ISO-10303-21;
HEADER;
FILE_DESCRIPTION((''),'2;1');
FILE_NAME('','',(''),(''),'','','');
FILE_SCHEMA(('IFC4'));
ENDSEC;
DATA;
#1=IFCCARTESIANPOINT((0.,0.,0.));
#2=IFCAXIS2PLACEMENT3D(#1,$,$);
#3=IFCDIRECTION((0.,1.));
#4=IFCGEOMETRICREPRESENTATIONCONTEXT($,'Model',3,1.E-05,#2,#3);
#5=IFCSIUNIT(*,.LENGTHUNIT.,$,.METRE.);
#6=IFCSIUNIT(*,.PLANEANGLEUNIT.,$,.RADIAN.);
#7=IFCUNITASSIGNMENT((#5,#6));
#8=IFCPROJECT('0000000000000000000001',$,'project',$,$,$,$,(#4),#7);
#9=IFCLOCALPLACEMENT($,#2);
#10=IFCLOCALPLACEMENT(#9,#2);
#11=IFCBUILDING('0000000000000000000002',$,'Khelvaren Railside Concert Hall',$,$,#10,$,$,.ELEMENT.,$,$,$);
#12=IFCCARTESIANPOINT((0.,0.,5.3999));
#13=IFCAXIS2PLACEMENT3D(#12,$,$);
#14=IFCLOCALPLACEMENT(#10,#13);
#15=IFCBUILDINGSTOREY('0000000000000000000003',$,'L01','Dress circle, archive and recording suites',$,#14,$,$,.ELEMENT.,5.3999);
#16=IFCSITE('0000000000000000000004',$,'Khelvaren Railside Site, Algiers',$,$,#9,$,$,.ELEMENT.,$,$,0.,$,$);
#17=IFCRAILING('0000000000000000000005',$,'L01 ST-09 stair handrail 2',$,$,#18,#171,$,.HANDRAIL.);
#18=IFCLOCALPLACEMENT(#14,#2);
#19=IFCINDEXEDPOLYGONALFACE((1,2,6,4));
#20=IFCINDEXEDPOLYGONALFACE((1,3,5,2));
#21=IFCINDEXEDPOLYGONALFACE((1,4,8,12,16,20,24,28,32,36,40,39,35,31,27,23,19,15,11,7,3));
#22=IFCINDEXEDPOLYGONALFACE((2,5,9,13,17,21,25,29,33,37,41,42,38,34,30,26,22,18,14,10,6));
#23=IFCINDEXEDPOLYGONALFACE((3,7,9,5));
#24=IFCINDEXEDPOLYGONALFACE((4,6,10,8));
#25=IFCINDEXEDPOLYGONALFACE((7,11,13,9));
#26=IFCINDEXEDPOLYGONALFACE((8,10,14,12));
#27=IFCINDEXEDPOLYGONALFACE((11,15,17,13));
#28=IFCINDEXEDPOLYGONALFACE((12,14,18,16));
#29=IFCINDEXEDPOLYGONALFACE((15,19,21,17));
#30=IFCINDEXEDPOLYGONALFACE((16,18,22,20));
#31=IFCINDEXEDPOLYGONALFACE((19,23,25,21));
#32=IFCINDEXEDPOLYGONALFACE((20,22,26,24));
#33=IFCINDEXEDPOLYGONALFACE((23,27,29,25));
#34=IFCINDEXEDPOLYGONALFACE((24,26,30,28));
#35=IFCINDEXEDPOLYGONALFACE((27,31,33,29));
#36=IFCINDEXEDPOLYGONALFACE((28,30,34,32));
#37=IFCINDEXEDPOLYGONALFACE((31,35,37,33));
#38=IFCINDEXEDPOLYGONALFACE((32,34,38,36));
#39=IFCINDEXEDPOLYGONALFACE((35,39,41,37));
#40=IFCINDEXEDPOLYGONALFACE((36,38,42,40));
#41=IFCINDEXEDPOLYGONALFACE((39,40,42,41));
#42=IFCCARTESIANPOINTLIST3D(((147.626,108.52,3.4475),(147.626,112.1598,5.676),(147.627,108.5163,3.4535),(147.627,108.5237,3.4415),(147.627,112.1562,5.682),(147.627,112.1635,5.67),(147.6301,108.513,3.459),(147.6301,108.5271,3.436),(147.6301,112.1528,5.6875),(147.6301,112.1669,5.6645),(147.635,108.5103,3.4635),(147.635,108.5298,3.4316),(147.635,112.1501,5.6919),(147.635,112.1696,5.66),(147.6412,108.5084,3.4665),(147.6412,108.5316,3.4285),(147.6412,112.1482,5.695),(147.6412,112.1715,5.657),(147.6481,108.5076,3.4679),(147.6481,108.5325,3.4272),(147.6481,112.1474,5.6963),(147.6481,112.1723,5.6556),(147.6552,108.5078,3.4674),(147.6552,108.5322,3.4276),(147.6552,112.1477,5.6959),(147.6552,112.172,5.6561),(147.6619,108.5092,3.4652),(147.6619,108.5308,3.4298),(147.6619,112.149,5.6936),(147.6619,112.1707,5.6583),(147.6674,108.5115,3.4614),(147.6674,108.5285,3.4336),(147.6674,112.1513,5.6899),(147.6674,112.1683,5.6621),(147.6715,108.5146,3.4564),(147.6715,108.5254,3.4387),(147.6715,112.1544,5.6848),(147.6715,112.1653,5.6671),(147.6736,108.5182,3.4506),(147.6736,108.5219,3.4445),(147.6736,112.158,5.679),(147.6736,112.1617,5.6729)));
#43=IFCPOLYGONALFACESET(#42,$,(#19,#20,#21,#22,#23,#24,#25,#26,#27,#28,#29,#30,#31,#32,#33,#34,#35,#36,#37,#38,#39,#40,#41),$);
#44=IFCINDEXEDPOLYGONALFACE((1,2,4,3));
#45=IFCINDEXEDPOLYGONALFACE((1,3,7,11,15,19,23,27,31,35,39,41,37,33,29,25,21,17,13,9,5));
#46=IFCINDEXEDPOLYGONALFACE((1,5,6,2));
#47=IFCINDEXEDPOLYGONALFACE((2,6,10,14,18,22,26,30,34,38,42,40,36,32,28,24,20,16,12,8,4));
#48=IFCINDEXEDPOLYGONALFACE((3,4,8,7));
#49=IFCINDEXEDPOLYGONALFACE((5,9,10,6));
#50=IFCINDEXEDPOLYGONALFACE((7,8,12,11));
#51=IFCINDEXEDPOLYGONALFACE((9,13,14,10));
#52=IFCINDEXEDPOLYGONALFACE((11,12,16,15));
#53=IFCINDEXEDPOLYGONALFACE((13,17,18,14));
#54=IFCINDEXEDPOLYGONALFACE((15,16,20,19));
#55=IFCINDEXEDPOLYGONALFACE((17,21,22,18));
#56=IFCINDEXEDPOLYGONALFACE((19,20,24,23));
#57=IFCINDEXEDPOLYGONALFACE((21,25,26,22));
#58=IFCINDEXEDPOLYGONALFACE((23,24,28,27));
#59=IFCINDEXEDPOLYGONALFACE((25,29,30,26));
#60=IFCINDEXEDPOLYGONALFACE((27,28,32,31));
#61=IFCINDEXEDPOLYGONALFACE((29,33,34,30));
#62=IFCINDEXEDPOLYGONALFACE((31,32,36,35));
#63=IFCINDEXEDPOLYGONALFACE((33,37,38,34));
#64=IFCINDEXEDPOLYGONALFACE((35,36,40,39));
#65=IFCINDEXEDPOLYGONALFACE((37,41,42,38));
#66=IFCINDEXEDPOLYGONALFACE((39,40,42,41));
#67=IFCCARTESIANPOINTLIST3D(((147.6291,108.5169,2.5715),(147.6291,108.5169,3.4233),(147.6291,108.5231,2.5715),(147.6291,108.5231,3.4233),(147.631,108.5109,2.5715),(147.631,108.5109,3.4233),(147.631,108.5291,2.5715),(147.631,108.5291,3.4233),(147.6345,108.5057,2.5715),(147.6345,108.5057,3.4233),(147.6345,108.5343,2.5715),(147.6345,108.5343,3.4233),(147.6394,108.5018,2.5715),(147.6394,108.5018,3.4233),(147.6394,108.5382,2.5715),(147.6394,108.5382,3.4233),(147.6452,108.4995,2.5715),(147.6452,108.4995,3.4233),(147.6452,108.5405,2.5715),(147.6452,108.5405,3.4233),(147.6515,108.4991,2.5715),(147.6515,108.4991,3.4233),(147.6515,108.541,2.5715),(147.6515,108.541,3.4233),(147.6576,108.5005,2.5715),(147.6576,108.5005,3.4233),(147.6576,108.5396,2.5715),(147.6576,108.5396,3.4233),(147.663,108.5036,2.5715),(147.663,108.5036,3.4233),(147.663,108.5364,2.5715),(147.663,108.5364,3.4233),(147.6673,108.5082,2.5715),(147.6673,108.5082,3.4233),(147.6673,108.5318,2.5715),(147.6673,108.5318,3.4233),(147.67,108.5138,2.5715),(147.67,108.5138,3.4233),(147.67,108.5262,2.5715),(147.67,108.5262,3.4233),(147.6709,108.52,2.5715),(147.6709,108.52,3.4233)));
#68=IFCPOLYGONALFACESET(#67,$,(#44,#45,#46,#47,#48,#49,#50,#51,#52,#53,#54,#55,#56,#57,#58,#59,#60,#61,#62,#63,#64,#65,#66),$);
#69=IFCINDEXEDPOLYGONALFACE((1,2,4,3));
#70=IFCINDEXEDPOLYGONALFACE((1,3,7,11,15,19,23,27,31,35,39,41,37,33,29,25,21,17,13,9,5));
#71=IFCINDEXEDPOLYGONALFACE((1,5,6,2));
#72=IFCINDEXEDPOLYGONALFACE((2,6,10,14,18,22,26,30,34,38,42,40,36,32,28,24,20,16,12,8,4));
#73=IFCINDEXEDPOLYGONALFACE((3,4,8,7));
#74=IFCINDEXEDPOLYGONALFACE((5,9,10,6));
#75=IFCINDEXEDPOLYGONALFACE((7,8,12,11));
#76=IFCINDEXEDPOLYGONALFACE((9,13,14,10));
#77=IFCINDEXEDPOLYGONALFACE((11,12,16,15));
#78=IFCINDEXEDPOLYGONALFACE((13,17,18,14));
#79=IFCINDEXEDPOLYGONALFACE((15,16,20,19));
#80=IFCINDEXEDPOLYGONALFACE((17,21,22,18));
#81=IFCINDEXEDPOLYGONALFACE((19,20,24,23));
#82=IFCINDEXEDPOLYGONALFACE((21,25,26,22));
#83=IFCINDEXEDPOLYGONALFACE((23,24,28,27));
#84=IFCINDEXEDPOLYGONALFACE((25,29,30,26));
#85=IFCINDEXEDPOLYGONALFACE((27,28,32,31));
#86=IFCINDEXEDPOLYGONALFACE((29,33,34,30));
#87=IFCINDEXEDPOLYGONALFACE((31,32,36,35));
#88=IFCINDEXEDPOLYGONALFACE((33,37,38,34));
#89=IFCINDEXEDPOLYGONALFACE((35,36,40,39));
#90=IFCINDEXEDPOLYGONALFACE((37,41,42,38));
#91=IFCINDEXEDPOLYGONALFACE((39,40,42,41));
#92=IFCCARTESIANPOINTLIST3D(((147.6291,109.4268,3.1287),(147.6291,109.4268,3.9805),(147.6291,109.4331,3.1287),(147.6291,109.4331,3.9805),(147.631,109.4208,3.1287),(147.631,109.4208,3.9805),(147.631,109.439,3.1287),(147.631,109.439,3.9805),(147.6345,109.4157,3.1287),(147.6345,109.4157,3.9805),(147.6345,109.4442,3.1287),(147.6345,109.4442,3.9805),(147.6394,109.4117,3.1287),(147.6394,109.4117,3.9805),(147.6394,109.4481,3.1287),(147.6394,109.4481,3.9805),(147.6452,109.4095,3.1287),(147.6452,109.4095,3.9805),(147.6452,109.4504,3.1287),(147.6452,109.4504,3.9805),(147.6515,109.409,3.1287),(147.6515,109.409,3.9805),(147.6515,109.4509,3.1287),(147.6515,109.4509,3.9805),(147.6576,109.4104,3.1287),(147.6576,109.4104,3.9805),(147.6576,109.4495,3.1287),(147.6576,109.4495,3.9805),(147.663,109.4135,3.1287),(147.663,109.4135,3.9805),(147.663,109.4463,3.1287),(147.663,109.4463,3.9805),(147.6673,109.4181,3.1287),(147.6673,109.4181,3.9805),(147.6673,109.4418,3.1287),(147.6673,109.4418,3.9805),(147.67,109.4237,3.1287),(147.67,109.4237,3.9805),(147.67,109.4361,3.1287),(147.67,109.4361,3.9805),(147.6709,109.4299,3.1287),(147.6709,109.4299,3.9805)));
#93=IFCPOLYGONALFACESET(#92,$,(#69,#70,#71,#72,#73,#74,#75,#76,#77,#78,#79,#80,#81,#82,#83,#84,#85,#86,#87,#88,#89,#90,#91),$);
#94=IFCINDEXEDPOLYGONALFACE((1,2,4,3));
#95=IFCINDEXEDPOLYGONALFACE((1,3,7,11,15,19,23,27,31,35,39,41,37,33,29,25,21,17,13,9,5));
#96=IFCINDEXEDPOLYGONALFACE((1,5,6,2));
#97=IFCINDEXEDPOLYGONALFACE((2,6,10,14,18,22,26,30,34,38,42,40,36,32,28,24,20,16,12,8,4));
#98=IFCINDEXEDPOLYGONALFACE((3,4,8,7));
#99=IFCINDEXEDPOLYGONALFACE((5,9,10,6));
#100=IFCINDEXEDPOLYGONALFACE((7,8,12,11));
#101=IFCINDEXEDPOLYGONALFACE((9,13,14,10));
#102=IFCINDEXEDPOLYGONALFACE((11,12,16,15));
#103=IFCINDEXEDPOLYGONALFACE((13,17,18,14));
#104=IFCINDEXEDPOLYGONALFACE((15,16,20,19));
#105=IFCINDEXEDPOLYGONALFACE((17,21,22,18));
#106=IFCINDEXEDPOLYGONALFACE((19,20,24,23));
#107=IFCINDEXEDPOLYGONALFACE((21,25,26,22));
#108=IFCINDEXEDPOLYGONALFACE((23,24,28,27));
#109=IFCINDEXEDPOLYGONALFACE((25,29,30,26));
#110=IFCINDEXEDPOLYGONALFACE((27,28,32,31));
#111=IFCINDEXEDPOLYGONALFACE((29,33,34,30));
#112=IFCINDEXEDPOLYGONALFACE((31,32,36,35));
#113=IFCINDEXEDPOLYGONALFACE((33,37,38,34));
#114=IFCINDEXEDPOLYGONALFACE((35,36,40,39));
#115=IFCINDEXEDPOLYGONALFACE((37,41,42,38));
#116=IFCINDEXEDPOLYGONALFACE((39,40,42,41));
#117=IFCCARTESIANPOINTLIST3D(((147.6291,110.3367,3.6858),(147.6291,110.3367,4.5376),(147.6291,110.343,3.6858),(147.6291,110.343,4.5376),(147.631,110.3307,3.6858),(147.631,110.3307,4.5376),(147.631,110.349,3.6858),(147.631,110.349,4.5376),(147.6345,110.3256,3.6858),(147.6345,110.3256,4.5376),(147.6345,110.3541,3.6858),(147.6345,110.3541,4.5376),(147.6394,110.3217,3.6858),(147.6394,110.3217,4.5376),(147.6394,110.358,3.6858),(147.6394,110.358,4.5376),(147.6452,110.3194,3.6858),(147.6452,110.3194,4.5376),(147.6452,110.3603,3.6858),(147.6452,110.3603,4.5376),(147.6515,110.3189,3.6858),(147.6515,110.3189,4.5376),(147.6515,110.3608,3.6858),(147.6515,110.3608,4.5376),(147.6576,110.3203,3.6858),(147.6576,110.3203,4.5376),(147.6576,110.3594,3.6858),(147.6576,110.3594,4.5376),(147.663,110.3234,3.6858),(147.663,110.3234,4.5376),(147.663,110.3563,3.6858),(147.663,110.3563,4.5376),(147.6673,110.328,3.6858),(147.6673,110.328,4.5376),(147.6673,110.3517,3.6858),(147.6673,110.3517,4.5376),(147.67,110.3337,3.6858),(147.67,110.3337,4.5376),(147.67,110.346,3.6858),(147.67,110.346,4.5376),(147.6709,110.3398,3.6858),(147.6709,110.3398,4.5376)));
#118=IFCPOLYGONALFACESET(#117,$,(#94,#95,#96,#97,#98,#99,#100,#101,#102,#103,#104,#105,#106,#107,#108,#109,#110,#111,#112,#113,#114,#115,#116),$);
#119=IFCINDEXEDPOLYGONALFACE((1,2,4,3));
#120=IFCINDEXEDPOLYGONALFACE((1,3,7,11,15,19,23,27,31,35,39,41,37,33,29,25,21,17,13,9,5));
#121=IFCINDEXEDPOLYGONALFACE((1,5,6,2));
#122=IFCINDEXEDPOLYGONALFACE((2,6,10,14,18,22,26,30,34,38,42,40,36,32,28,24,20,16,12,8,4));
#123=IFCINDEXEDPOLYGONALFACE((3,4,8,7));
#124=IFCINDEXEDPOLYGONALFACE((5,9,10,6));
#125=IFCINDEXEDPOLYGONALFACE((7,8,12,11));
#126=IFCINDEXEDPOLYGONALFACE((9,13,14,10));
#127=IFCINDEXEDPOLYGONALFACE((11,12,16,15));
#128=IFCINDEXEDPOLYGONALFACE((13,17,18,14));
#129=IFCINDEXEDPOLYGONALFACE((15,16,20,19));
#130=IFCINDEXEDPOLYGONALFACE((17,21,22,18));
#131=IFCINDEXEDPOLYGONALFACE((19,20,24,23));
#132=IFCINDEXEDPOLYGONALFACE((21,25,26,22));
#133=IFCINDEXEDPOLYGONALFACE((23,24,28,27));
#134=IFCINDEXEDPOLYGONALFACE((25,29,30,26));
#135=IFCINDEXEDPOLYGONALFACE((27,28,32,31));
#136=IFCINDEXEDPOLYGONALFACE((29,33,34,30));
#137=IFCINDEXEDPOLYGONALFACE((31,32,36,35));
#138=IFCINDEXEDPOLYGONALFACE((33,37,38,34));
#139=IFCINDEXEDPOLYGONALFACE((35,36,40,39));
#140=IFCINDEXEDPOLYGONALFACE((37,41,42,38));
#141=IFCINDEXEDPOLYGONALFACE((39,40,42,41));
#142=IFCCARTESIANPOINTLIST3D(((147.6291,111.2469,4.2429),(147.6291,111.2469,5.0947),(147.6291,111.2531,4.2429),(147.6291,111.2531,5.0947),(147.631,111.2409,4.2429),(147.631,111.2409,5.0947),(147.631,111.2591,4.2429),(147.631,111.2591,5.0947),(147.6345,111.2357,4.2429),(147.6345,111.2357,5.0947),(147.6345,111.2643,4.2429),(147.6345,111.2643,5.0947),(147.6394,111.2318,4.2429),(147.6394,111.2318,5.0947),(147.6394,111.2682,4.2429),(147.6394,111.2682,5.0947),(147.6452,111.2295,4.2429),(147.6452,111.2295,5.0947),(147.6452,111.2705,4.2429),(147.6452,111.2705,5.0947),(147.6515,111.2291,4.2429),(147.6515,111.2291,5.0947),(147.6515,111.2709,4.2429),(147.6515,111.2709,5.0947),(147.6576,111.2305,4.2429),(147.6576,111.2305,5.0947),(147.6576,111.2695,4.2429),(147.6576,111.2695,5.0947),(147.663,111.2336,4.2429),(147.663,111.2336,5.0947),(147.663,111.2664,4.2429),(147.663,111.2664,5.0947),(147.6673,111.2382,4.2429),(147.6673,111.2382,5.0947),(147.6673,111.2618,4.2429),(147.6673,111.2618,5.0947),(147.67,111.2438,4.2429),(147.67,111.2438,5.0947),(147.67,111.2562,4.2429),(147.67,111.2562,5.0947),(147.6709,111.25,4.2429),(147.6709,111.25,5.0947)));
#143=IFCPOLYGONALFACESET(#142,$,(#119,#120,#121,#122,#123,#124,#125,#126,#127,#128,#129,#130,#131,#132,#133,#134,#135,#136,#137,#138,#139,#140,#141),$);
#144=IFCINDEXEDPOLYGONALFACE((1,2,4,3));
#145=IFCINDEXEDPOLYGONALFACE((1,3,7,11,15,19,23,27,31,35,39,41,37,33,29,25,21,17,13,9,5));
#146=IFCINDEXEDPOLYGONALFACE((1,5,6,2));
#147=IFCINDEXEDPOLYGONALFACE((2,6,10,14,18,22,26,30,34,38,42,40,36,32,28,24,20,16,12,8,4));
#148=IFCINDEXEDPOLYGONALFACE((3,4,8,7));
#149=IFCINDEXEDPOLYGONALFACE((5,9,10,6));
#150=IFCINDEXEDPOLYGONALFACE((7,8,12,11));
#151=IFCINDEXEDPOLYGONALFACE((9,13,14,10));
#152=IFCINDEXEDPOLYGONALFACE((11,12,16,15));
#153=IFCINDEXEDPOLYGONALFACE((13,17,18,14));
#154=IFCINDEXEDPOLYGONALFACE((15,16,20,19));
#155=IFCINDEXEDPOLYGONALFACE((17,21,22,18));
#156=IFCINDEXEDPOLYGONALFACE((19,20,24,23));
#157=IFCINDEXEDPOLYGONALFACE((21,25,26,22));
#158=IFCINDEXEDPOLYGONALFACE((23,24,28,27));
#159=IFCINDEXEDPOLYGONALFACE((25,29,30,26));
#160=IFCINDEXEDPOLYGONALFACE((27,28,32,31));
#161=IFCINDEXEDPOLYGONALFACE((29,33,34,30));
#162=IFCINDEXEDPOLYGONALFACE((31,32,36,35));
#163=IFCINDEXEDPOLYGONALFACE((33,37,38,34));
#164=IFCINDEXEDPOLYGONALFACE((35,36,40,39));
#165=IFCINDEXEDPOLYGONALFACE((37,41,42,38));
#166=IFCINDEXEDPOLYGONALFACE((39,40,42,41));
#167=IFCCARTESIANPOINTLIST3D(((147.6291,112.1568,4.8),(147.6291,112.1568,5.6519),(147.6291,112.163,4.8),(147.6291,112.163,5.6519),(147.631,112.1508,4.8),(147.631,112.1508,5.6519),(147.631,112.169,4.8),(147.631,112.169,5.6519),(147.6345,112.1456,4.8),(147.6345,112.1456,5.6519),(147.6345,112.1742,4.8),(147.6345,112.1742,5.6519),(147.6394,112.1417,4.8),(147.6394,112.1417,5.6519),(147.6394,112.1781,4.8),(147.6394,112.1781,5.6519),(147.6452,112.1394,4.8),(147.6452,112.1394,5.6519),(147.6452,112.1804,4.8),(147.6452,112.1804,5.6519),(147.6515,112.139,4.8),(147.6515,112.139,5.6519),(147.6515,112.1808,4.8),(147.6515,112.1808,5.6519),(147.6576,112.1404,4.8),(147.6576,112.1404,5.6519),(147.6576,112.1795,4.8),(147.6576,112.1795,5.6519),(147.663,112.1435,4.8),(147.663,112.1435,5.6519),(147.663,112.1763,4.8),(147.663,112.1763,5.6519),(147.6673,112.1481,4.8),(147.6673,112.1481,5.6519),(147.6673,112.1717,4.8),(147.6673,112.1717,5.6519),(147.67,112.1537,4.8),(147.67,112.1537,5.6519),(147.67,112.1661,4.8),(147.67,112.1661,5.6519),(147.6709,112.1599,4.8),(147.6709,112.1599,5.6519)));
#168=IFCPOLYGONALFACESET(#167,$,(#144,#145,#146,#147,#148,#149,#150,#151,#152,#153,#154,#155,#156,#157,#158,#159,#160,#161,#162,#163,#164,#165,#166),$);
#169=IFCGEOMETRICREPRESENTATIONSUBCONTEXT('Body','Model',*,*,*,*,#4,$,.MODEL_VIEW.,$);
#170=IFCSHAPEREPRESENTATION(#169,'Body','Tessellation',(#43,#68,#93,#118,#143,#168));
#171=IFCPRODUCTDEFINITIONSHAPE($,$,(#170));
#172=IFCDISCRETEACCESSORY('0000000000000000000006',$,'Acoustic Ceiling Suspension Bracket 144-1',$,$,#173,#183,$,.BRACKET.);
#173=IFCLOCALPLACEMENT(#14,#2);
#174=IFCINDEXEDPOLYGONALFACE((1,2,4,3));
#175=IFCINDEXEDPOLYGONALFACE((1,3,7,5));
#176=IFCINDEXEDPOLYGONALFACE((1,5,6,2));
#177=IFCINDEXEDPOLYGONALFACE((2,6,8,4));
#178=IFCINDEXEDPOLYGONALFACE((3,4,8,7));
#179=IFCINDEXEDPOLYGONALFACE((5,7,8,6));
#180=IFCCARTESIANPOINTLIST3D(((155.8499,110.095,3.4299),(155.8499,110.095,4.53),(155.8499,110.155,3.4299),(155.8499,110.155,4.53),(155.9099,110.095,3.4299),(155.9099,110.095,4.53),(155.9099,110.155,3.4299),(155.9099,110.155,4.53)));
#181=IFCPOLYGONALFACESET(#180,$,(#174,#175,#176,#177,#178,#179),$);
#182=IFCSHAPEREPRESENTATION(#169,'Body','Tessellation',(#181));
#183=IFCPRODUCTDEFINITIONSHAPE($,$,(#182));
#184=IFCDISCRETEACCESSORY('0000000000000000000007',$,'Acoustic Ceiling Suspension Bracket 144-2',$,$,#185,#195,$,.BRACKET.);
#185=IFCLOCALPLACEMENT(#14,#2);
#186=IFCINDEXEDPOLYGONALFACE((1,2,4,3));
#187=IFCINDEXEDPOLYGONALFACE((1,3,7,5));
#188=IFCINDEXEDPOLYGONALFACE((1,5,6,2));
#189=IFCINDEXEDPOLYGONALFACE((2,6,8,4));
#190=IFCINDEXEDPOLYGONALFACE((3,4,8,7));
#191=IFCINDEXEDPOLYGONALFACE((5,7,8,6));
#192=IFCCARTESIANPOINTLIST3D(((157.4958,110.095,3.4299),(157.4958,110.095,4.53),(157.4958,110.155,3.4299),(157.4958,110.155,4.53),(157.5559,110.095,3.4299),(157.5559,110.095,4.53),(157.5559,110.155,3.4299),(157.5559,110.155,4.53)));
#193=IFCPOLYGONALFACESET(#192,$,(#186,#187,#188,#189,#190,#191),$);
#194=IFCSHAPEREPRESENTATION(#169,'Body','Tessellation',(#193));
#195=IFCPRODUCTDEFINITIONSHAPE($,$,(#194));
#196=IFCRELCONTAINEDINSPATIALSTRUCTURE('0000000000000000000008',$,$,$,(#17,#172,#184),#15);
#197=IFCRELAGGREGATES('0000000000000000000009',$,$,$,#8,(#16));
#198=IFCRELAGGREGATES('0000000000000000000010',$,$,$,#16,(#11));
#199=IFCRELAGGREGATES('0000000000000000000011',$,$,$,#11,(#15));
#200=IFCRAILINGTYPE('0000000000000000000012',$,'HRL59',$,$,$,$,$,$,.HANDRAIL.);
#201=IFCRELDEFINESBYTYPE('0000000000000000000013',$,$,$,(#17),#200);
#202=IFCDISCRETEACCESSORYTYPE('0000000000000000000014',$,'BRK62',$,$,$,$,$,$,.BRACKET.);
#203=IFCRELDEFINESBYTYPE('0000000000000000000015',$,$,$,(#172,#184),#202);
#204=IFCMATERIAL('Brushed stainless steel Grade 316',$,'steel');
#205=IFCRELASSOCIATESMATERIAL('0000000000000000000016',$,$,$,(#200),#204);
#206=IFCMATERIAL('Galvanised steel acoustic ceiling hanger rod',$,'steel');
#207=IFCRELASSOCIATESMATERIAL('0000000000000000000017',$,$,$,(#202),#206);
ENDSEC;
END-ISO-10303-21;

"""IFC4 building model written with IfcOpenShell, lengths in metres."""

from ifc_helpers import new_model, si_unit, direction, frame, origin, origin_2d, place, context, subcontext, project, spatial, rectangle, circle, extrude, material, type_object, element, save


model = new_model("IFC4")

# Units and contexts
model_context = context("Model", 3, precision=1e-05, world=origin(), true_north=direction((0.0, 1.0)))
body_context = subcontext(model_context, "Body", "Model", "MODEL_VIEW")
ifc_project = project(units=[si_unit("LENGTHUNIT", "METRE"), si_unit("PLANEANGLEUNIT", "RADIAN")], contexts=[model_context])

# Site, building, storey
site_placement = place(None, origin())
site = spatial("IfcSite", under=ifc_project, at=site_placement, Name="Khelvaren Railside Site, Algiers", CompositionType="ELEMENT", RefElevation=0.0)
building_placement = place(site_placement, origin())
building = spatial("IfcBuilding", under=site, at=building_placement, Name="Khelvaren Railside Concert Hall", CompositionType="ELEMENT")
storey_placement = place(building_placement, frame((0.0, 0.0, 5.3999)))
storey = spatial("IfcBuildingStorey", under=building, at=storey_placement, Name="L01", Description="Dress circle, archive and recording suites", CompositionType="ELEMENT", Elevation=5.3999)

# Railing
ifc_material_1 = material(Name="Brushed stainless steel Grade 316", Category="steel")
railing_type_1 = type_object("IfcRailingType", Name="HRL59", PredefinedType="HANDRAIL", material=ifc_material_1)
railing_1_placement = place(storey_placement, frame((147.6499, 108.52, 2.5715)))
element("IfcRailing", 1, at=railing_1_placement, inside=storey, type_object=railing_type_1, Name="L01 ST-09 stair handrail 2", PredefinedType="HANDRAIL", context=body_context, shape_type="SweptSolid", body=[
    extrude(circle(Radius=0.0239, at=origin_2d()), frame((0.0, 0.0, 0.876), z_axis=(0.0, 0.85285, 0.522156), x_axis=(-1.0, 0.0, 0.0)), (0.0, 0.0, 1.0), 4.2678),
    extrude(circle(Radius=0.021, at=origin_2d()), origin(), (0.0, 0.0, 1.0), 0.8518),
    extrude(circle(Radius=0.021, at=origin_2d()), frame((0.0, 0.9099, 0.5571)), (0.0, 0.0, 1.0), 0.8518),
    extrude(circle(Radius=0.021, at=origin_2d()), frame((0.0, 1.8198, 1.1143)), (0.0, 0.0, 1.0), 0.8518),
    extrude(circle(Radius=0.021, at=origin_2d()), frame((0.0, 2.73, 1.6714)), (0.0, 0.0, 1.0), 0.8518),
    extrude(circle(Radius=0.021, at=origin_2d()), frame((0.0, 3.6399, 2.2285)), (0.0, 0.0, 1.0), 0.8518),
])

# Discrete accessories
ifc_material_2 = material(Name="Galvanised steel acoustic ceiling hanger rod", Category="steel")
discrete_accessory_type = type_object("IfcDiscreteAccessoryType", Name="BRK62", PredefinedType="BRACKET", material=ifc_material_2)
for number, where, z_axis, x_axis, name in (
    (2, (155.8799, 110.125, 3.4299), (0.0, 0.0, 1.0), (1.0, 0.0, 0.0), "Acoustic Ceiling Suspension Bracket 144-1"),
    (3, (157.5259, 110.125, 3.4299), (0.0, 0.0, 1.0), (1.0, 0.0, 0.0), "Acoustic Ceiling Suspension Bracket 144-2"),
):
    element("IfcDiscreteAccessory", number, at=place(storey_placement, frame(where, z_axis=z_axis, x_axis=x_axis)), inside=storey, type_object=discrete_accessory_type, Name=name, PredefinedType="BRACKET", context=body_context, shape_type="SweptSolid", body=[
        extrude(rectangle(XDim=0.0601, YDim=0.0601, at=origin_2d()), origin(), (0.0, 0.0, 1.0), 1.1001),
    ])

save(model, "model.ifc")
